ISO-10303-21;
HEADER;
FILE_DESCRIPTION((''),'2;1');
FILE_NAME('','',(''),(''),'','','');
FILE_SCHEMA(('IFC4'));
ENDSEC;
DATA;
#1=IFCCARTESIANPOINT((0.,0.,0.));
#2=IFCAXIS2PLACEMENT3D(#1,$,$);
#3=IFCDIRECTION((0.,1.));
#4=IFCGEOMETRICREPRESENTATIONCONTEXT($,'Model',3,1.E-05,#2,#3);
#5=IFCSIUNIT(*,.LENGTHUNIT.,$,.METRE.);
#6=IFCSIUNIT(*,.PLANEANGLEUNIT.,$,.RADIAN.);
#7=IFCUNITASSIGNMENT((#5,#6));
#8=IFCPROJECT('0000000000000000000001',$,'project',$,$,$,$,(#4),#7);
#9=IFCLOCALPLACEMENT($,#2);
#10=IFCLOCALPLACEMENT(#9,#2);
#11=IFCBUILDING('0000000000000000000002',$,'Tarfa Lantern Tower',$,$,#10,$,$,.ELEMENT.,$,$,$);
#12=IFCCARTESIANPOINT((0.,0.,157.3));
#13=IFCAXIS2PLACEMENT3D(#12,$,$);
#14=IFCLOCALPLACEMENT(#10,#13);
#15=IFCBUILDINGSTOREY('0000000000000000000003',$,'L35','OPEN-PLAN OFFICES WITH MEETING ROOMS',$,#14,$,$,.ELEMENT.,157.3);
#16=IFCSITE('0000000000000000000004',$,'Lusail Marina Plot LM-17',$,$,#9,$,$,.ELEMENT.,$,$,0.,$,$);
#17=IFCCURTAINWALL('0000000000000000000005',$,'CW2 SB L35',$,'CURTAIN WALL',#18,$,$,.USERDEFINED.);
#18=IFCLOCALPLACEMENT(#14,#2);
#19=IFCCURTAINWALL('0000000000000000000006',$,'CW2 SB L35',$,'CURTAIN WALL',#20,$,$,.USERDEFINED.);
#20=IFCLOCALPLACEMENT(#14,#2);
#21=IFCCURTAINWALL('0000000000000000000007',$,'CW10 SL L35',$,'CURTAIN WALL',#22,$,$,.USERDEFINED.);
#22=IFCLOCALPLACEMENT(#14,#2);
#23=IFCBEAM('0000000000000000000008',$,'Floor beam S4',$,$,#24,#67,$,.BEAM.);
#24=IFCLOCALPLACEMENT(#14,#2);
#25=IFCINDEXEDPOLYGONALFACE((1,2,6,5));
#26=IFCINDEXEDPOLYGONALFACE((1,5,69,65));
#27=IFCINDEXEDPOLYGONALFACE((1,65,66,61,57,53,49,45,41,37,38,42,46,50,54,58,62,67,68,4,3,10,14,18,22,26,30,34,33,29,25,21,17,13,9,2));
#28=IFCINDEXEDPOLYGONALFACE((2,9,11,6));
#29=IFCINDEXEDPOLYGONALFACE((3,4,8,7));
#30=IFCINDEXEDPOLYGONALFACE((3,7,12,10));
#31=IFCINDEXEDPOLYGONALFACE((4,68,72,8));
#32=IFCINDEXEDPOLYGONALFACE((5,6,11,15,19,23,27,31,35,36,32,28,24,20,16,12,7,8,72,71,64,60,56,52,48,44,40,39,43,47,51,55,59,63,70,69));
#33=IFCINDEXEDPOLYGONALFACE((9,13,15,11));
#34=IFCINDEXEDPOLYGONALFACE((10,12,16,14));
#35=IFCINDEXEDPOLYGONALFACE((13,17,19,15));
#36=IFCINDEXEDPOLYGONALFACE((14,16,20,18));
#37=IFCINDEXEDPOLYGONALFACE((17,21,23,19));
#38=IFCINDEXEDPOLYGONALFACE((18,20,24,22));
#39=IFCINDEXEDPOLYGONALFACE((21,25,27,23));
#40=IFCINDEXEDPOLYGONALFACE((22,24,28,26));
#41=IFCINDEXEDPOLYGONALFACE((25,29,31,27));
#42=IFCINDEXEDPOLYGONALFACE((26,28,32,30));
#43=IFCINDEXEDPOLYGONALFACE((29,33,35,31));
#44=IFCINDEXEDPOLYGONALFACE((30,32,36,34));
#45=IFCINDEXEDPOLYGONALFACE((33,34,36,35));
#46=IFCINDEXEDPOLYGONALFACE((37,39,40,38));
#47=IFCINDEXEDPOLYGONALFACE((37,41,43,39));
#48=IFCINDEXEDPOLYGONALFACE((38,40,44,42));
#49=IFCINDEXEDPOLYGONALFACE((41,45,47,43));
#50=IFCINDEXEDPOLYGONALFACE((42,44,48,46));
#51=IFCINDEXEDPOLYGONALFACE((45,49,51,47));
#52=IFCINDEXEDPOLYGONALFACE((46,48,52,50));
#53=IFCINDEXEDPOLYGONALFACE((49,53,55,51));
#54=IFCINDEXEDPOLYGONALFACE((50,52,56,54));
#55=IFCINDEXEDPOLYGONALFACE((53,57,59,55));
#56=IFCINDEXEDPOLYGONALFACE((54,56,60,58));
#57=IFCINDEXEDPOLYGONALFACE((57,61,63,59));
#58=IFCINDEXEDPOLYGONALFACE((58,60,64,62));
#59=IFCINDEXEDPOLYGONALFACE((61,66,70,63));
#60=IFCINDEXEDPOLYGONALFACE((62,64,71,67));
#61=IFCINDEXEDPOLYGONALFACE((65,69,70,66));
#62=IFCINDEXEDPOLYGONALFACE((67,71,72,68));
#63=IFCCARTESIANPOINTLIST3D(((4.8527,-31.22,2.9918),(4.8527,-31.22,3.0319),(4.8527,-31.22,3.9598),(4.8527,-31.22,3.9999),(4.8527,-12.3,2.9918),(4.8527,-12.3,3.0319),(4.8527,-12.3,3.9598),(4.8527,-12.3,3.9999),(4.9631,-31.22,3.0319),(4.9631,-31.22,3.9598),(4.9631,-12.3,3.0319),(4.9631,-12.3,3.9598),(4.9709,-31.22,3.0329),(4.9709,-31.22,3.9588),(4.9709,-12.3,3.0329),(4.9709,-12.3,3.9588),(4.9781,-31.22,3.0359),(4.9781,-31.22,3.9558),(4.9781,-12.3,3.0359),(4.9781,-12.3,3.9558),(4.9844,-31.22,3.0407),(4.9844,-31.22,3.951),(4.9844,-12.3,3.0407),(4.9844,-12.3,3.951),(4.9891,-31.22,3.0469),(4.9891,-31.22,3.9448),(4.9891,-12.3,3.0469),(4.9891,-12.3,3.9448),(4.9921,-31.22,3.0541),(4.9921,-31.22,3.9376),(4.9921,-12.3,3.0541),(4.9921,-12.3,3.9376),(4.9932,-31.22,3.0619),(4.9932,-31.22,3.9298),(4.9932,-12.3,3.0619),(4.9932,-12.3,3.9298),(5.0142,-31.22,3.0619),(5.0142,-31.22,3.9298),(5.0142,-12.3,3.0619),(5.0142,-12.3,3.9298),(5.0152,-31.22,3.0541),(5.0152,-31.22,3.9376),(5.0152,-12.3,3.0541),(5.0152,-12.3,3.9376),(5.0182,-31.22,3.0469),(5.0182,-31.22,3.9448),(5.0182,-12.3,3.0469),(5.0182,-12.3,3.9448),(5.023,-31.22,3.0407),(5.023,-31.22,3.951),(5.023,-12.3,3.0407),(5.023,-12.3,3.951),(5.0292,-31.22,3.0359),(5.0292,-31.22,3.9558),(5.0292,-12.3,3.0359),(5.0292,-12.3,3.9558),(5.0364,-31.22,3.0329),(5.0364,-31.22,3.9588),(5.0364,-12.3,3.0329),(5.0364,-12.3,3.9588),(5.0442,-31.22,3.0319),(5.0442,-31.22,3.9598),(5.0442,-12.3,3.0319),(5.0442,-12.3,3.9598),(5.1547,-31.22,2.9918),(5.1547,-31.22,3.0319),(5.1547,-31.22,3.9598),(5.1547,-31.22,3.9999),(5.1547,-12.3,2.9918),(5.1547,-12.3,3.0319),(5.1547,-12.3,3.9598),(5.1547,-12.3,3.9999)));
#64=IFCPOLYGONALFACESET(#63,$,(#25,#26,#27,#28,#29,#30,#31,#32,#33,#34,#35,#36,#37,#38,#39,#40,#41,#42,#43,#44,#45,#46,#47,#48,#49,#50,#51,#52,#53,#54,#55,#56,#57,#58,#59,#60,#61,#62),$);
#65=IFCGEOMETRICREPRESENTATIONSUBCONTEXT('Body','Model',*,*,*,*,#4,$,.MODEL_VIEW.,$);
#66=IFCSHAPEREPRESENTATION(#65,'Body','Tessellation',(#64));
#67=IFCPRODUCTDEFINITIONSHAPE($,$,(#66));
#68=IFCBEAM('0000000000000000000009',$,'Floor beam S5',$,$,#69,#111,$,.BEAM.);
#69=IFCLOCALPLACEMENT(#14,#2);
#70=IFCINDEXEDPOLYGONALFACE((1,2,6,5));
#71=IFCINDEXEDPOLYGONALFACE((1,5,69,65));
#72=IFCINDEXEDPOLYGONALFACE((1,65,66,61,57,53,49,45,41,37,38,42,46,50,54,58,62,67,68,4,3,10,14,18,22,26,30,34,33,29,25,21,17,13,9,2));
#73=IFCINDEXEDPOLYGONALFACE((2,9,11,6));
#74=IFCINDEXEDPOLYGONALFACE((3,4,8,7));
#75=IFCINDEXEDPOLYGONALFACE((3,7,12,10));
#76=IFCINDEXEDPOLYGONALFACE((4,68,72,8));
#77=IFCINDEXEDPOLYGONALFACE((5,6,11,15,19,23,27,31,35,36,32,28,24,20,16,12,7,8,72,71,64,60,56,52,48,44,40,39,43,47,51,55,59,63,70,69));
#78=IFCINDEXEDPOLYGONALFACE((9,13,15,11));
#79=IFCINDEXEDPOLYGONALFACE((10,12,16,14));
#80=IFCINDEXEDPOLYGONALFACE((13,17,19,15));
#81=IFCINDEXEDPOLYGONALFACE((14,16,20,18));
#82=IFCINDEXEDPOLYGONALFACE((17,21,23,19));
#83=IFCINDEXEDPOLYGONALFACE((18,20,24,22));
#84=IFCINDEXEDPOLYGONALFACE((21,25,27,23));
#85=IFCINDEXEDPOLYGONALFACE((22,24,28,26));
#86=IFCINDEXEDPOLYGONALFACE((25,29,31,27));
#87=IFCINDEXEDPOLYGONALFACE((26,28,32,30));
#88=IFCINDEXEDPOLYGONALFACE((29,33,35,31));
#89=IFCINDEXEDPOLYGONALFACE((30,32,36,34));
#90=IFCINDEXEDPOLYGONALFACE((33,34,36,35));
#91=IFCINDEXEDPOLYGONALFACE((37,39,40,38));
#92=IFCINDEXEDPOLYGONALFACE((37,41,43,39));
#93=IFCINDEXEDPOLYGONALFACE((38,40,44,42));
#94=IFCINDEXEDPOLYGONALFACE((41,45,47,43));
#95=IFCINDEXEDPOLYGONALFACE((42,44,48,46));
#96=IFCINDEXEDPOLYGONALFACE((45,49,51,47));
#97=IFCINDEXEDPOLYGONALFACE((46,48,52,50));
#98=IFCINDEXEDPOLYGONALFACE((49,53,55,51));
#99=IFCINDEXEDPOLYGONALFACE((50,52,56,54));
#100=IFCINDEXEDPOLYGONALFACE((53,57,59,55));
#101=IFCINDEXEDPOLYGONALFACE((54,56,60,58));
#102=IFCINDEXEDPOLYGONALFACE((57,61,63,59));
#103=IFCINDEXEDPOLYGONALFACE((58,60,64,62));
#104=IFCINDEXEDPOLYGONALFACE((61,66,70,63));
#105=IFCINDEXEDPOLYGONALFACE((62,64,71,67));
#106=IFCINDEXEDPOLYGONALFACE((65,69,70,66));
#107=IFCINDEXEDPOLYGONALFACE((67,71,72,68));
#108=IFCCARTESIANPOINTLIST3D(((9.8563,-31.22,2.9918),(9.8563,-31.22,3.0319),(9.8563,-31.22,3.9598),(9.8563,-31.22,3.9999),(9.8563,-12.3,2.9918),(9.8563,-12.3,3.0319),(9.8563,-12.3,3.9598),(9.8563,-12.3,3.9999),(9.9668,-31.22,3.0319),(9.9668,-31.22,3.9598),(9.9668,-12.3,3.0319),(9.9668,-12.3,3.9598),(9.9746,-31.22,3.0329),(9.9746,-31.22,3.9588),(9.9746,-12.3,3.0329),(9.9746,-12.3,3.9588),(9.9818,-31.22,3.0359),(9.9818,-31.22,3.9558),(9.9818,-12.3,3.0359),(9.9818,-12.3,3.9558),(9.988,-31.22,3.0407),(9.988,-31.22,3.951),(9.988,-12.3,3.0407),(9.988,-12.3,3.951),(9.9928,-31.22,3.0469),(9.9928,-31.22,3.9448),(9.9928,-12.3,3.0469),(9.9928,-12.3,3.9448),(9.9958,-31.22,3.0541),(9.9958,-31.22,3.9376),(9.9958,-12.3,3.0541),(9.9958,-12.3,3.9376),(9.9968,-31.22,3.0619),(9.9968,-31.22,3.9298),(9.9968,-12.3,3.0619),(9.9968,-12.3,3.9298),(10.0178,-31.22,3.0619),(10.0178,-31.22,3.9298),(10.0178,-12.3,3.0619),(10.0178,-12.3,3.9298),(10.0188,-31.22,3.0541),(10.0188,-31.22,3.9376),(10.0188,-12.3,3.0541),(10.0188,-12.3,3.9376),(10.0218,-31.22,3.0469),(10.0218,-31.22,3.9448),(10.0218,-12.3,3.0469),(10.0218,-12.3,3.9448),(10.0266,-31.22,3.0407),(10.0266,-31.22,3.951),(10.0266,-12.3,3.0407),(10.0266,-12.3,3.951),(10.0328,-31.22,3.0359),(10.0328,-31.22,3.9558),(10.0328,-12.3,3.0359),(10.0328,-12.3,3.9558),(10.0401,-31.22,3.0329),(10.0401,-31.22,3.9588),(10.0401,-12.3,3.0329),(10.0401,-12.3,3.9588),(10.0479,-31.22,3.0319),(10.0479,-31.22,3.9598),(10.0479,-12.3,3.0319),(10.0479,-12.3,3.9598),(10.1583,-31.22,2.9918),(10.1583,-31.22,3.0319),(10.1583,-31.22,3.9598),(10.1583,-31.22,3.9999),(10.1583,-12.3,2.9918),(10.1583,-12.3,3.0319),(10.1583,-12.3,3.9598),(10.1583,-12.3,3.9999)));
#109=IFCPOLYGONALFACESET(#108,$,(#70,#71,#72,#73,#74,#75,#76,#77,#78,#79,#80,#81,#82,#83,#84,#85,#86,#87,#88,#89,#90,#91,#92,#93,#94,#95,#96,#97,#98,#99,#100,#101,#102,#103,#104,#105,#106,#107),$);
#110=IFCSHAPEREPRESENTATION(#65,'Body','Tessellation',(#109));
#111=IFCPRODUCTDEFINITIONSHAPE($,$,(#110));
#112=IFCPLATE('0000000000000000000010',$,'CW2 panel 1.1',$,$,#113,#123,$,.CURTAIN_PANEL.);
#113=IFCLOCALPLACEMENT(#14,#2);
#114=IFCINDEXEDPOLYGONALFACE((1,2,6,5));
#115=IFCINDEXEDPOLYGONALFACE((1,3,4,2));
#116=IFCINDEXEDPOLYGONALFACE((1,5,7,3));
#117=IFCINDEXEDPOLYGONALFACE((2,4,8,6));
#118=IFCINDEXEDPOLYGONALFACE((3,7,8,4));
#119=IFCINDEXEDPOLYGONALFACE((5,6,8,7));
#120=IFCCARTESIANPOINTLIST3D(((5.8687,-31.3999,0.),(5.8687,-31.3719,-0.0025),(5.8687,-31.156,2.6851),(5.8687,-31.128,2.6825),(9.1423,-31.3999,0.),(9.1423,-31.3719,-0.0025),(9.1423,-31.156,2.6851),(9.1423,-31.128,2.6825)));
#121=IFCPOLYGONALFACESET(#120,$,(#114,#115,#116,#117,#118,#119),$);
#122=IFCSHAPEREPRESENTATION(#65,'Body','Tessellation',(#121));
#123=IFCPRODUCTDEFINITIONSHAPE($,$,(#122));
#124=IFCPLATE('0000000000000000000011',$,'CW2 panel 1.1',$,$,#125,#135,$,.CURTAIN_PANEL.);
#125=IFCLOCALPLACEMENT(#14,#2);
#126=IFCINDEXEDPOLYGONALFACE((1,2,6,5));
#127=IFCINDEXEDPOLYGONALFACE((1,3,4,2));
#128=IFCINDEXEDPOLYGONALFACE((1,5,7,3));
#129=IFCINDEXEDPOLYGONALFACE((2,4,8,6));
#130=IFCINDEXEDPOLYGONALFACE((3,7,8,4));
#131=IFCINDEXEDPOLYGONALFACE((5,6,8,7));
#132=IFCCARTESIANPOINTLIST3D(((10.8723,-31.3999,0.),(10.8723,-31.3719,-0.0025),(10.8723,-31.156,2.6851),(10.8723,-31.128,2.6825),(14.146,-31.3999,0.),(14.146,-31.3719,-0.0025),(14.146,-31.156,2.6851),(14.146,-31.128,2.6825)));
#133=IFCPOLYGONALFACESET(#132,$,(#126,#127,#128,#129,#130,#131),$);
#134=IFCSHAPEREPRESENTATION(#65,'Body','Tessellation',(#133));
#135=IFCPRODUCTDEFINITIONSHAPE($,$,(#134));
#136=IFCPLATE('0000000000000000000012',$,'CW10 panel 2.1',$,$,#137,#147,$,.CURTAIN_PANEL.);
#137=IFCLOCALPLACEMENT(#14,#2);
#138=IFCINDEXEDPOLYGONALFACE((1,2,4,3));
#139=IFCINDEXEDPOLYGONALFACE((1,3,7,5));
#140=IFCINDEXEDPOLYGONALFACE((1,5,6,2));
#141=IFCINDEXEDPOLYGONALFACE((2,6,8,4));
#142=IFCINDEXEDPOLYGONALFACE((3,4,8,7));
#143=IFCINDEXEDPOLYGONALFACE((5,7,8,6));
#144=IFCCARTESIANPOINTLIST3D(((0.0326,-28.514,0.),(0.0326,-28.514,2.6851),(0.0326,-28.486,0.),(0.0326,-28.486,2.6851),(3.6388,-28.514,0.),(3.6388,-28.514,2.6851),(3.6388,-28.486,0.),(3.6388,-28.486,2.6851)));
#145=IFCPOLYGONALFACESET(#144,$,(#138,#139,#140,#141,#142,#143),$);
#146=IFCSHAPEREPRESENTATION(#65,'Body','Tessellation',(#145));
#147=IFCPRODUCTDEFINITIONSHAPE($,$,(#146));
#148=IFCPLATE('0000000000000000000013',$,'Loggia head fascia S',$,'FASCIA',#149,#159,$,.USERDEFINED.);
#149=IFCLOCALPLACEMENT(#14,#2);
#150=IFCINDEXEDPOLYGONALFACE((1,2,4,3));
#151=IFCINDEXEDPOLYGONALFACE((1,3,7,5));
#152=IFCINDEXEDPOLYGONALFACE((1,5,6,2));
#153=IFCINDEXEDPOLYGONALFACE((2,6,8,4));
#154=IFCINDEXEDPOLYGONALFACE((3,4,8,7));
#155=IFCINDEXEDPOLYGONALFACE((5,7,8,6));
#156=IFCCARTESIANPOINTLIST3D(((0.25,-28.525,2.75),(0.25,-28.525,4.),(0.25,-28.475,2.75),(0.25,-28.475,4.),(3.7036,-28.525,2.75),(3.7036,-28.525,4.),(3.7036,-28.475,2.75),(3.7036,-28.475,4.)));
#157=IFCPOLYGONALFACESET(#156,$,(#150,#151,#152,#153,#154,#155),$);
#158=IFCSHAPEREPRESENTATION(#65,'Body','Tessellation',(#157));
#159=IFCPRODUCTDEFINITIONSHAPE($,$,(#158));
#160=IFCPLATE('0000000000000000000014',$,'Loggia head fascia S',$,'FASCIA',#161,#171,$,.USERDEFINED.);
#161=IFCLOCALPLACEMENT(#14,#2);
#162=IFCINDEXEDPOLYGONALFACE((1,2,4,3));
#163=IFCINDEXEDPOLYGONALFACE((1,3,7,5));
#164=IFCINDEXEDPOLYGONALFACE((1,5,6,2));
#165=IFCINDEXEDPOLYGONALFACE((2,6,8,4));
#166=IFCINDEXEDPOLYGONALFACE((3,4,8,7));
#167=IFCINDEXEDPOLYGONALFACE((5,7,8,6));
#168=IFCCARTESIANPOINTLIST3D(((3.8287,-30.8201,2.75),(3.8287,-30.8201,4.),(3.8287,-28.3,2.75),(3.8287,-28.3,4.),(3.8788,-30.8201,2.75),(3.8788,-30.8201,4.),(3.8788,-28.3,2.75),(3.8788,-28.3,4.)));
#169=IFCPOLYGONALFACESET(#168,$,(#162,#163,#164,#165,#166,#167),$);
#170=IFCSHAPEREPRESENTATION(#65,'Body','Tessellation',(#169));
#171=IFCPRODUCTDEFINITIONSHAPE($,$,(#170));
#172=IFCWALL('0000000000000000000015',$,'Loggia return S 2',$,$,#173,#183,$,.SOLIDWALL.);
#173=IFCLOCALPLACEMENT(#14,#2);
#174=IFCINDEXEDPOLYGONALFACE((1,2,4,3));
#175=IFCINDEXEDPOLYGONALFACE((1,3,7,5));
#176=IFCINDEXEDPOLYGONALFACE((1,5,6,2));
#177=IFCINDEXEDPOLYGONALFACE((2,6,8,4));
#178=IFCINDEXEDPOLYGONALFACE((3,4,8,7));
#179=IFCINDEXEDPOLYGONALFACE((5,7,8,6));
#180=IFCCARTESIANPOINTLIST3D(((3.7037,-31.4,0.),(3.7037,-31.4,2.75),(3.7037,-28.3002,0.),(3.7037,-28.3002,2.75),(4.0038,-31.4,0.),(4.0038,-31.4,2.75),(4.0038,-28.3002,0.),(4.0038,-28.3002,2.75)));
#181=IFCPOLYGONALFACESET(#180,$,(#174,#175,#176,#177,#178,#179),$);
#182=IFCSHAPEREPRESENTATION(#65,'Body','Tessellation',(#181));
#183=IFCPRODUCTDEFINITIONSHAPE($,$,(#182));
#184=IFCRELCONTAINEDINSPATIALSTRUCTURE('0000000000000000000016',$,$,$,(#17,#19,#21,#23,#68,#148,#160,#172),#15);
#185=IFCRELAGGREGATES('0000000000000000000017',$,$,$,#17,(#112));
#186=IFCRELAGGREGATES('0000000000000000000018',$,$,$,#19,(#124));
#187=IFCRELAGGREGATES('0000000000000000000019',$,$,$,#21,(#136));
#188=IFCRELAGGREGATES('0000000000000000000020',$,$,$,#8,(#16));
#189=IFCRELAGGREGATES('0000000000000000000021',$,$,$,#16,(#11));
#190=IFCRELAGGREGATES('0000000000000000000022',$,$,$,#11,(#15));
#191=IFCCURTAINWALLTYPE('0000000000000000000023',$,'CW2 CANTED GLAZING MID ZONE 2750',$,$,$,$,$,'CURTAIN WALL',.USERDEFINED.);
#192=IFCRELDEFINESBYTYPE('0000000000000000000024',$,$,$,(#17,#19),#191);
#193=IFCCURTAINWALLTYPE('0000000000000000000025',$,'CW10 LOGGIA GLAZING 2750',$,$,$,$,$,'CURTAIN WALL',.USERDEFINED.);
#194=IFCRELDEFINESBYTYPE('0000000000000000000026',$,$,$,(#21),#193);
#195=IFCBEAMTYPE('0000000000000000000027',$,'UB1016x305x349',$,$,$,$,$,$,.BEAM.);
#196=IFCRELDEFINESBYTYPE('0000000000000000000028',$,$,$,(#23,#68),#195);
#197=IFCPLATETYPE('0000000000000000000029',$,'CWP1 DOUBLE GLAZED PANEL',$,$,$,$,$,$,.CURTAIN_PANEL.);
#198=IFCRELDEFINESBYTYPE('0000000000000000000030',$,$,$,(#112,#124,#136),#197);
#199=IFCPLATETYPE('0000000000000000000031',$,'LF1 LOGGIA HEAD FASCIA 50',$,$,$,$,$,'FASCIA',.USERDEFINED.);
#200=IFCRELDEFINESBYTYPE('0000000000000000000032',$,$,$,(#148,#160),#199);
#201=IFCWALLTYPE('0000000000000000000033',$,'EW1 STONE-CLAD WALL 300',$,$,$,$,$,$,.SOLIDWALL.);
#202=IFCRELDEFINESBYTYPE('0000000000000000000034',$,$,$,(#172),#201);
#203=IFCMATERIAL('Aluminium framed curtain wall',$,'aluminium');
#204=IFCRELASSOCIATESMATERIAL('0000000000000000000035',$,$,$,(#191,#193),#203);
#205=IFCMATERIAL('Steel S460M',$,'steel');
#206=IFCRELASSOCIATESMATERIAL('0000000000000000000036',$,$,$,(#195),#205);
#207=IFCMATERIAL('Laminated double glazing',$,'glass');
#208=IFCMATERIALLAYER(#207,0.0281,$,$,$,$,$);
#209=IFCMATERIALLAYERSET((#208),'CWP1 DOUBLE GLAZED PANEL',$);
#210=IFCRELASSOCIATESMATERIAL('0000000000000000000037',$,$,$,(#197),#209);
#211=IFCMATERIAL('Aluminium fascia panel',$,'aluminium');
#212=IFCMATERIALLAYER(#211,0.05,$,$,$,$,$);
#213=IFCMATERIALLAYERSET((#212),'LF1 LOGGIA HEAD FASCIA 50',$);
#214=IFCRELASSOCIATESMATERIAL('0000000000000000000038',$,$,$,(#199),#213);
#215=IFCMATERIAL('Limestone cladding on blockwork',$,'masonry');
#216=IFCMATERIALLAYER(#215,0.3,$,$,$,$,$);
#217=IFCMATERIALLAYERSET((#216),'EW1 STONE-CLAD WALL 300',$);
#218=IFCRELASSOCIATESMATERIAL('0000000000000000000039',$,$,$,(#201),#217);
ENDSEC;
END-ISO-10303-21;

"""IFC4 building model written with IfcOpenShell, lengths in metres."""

from ifc_helpers import new_model, si_unit, direction, frame, frame_2d, origin, origin_2d, place, context, subcontext, project, spatial, polyline, rectangle, i_section, outline, extrude, material, layer, layer_set, material_profile, profile_set, type_object, element, aggregate, save


model = new_model("IFC4")

# Units and contexts
model_context = context("Model", 3, precision=1e-05, world=origin(), true_north=direction((0.0, 1.0)))
body_context = subcontext(model_context, "Body", "Model", "MODEL_VIEW")
ifc_project = project(units=[si_unit("LENGTHUNIT", "METRE"), si_unit("PLANEANGLEUNIT", "RADIAN")], contexts=[model_context])

# Site, building, storey
site_placement = place(None, origin())
site = spatial("IfcSite", under=ifc_project, at=site_placement, Name="Lusail Marina Plot LM-17", CompositionType="ELEMENT", RefElevation=0.0)
building_placement = place(site_placement, origin())
building = spatial("IfcBuilding", under=site, at=building_placement, Name="Tarfa Lantern Tower", CompositionType="ELEMENT")
storey_placement = place(building_placement, frame((0.0, 0.0, 157.3)))
storey = spatial("IfcBuildingStorey", under=building, at=storey_placement, Name="L35", Description="OPEN-PLAN OFFICES WITH MEETING ROOMS", CompositionType="ELEMENT", Elevation=157.3)

# Curtain wall
ifc_material_1 = material(Name="Aluminium framed curtain wall", Category="aluminium")
curtain_wall_type_1 = type_object("IfcCurtainWallType", Name="CW2 CANTED GLAZING MID ZONE 2750", ElementType="CURTAIN WALL", PredefinedType="USERDEFINED", material=ifc_material_1)
curtain_wall_1_placement = place(storey_placement, origin())
curtain_wall_1 = element("IfcCurtainWall", 1, at=curtain_wall_1_placement, inside=storey, type_object=curtain_wall_type_1, Name="CW2 SB L35", ObjectType="CURTAIN WALL", PredefinedType="USERDEFINED")

# Curtain walls
curtain_wall_2_placement = place(storey_placement, origin())
curtain_wall_2 = element("IfcCurtainWall", 2, at=curtain_wall_2_placement, inside=storey, type_object=curtain_wall_type_1, Name="CW2 SB L35", ObjectType="CURTAIN WALL", PredefinedType="USERDEFINED")
curtain_wall_type_2 = type_object("IfcCurtainWallType", Name="CW10 LOGGIA GLAZING 2750", ElementType="CURTAIN WALL", PredefinedType="USERDEFINED", material=ifc_material_1)
curtain_wall_3_placement = place(storey_placement, origin())
curtain_wall_3 = element("IfcCurtainWall", 3, at=curtain_wall_3_placement, inside=storey, type_object=curtain_wall_type_2, Name="CW10 SL L35", ObjectType="CURTAIN WALL", PredefinedType="USERDEFINED")

# Beams
ifc_material_2 = material(Name="Steel S460M", Category="steel")
ifc_material_profile_1 = material_profile(ifc_material_2, i_section(OverallWidth=0.302, OverallDepth=1.0081, WebThickness=0.021, FlangeThickness=0.04, FilletRadius=0.03, at=origin_2d()), Name="UB1016x305x349")
ifc_profile_set_1 = profile_set([ifc_material_profile_1], Name="Steel S460M")
beam_type_1 = type_object("IfcBeamType", Name="UB1016x305x349", PredefinedType="BEAM", material=ifc_profile_set_1)
for number, where, z_axis, x_axis, name in (
    (4, (5.0037, -31.22, 3.4958), (0.0, 1.0, 0.0), (-1.0, 0.0, 0.0), "Floor beam S4"),
    (5, (10.0073, -31.22, 3.4958), (0.0, 1.0, 0.0), (-1.0, 0.0, 0.0), "Floor beam S5"),
):
    element("IfcBeam", number, at=place(storey_placement, frame(where, z_axis=z_axis, x_axis=x_axis)), inside=storey, type_object=beam_type_1, Name=name, PredefinedType="BEAM", context=body_context, shape_type="SweptSolid", body=[
        extrude(i_section(OverallWidth=0.302, OverallDepth=1.0081, WebThickness=0.021, FlangeThickness=0.04, FilletRadius=0.03, at=origin_2d()), origin(), (0.0, 0.0, 1.0), 18.9199),
    ])

# Plates
ifc_material_3 = material(Name="Laminated double glazing", Category="glass")
ifc_layer_1 = layer(ifc_material_3, 0.0281)
ifc_layer_set_1 = layer_set([ifc_layer_1], Name="CWP1 DOUBLE GLAZED PANEL")
plate_type_1 = type_object("IfcPlateType", Name="CWP1 DOUBLE GLAZED PANEL", PredefinedType="CURTAIN_PANEL", material=ifc_layer_set_1)
plate_1_placement = place(storey_placement, frame((5.8687, -31.3999, 0.0), z_axis=(0.0, -0.9959, 0.090462), x_axis=(1.0, 0.0, 0.0)))
plate_1 = element("IfcPlate", 6, at=plate_1_placement, type_object=plate_type_1, Name="CW2 panel 1.1", PredefinedType="CURTAIN_PANEL", context=body_context, shape_type="SweptSolid", body=[
    extrude(outline(polyline([(0.0, 0.0), (3.2737, 0.0), (3.2737, 2.6961), (0.0, 2.6961), (0.0, 0.0)])), origin(), (0.0, 0.0, -1.0), 0.0281),
])
aggregate(curtain_wall_1, [plate_1])
plate_2_placement = place(storey_placement, frame((10.8723, -31.3999, 0.0), z_axis=(0.0, -0.9959, 0.090462), x_axis=(1.0, 0.0, 0.0)))
plate_2 = element("IfcPlate", 7, at=plate_2_placement, type_object=plate_type_1, Name="CW2 panel 1.1", PredefinedType="CURTAIN_PANEL", context=body_context, shape_type="SweptSolid", body=[
    extrude(outline(polyline([(0.0, 0.0), (3.2737, 0.0), (3.2737, 2.6961), (0.0, 2.6961), (0.0, 0.0)])), origin(), (0.0, 0.0, -1.0), 0.0281),
])
aggregate(curtain_wall_2, [plate_2])
plate_3_placement = place(storey_placement, frame((1.8357, -28.5, 0.0), z_axis=(0.0, 0.0, 1.0), x_axis=(1.0, 0.0, 0.0)))
plate_3 = element("IfcPlate", 8, at=plate_3_placement, type_object=plate_type_1, Name="CW10 panel 2.1", PredefinedType="CURTAIN_PANEL", context=body_context, shape_type="SweptSolid", body=[
    extrude(rectangle(XDim=3.6062, YDim=0.0281, at=origin_2d()), origin(), (0.0, 0.0, 1.0), 2.6851),
])
aggregate(curtain_wall_3, [plate_3])

# Plates
ifc_material_4 = material(Name="Aluminium fascia panel", Category="aluminium")
ifc_layer_2 = layer(ifc_material_4, 0.05)
ifc_layer_set_2 = layer_set([ifc_layer_2], Name="LF1 LOGGIA HEAD FASCIA 50")
plate_type_2 = type_object("IfcPlateType", Name="LF1 LOGGIA HEAD FASCIA 50", ElementType="FASCIA", PredefinedType="USERDEFINED", material=ifc_layer_set_2)
plate_4_placement = place(storey_placement, frame((1.9768, -28.5, 2.75), z_axis=(0.0, 0.0, 1.0), x_axis=(1.0, 0.0, 0.0)))
element("IfcPlate", 9, at=plate_4_placement, inside=storey, type_object=plate_type_2, Name="Loggia head fascia S", ObjectType="FASCIA", PredefinedType="USERDEFINED", context=body_context, shape_type="SweptSolid", body=[
    extrude(rectangle(XDim=3.4536, YDim=0.05, at=origin_2d()), origin(), (0.0, 0.0, 1.0), 1.25),
])
plate_5_placement = place(storey_placement, frame((3.8538, -29.5601, 2.75), z_axis=(0.0, 0.0, 1.0), x_axis=(0.0, 1.0, 0.0)))
element("IfcPlate", 10, at=plate_5_placement, inside=storey, type_object=plate_type_2, Name="Loggia head fascia S", ObjectType="FASCIA", PredefinedType="USERDEFINED", context=body_context, shape_type="SweptSolid", body=[
    extrude(rectangle(XDim=2.52, YDim=0.05, at=origin_2d()), origin(), (0.0, 0.0, 1.0), 1.25),
])

# Wall
ifc_material_5 = material(Name="Limestone cladding on blockwork", Category="masonry")
ifc_layer_3 = layer(ifc_material_5, 0.3)
ifc_layer_set_3 = layer_set([ifc_layer_3], Name="EW1 STONE-CLAD WALL 300")
wall_type_1 = type_object("IfcWallType", Name="EW1 STONE-CLAD WALL 300", PredefinedType="SOLIDWALL", material=ifc_layer_set_3)
wall_1_placement = place(storey_placement, frame((3.8538, -31.3999, 0.0), z_axis=(0.0, 0.0, 1.0), x_axis=(0.0, 1.0, 0.0)))
element("IfcWall", 11, at=wall_1_placement, inside=storey, type_object=wall_type_1, Name="Loggia return S 2", PredefinedType="SOLIDWALL", context=body_context, shape_type="SweptSolid", body=[
    extrude(rectangle(XDim=3.0999, YDim=0.3, at=frame_2d((1.5498, 0.0))), origin(), (0.0, 0.0, 1.0), 2.75),
])

save(model, "model.ifc")
